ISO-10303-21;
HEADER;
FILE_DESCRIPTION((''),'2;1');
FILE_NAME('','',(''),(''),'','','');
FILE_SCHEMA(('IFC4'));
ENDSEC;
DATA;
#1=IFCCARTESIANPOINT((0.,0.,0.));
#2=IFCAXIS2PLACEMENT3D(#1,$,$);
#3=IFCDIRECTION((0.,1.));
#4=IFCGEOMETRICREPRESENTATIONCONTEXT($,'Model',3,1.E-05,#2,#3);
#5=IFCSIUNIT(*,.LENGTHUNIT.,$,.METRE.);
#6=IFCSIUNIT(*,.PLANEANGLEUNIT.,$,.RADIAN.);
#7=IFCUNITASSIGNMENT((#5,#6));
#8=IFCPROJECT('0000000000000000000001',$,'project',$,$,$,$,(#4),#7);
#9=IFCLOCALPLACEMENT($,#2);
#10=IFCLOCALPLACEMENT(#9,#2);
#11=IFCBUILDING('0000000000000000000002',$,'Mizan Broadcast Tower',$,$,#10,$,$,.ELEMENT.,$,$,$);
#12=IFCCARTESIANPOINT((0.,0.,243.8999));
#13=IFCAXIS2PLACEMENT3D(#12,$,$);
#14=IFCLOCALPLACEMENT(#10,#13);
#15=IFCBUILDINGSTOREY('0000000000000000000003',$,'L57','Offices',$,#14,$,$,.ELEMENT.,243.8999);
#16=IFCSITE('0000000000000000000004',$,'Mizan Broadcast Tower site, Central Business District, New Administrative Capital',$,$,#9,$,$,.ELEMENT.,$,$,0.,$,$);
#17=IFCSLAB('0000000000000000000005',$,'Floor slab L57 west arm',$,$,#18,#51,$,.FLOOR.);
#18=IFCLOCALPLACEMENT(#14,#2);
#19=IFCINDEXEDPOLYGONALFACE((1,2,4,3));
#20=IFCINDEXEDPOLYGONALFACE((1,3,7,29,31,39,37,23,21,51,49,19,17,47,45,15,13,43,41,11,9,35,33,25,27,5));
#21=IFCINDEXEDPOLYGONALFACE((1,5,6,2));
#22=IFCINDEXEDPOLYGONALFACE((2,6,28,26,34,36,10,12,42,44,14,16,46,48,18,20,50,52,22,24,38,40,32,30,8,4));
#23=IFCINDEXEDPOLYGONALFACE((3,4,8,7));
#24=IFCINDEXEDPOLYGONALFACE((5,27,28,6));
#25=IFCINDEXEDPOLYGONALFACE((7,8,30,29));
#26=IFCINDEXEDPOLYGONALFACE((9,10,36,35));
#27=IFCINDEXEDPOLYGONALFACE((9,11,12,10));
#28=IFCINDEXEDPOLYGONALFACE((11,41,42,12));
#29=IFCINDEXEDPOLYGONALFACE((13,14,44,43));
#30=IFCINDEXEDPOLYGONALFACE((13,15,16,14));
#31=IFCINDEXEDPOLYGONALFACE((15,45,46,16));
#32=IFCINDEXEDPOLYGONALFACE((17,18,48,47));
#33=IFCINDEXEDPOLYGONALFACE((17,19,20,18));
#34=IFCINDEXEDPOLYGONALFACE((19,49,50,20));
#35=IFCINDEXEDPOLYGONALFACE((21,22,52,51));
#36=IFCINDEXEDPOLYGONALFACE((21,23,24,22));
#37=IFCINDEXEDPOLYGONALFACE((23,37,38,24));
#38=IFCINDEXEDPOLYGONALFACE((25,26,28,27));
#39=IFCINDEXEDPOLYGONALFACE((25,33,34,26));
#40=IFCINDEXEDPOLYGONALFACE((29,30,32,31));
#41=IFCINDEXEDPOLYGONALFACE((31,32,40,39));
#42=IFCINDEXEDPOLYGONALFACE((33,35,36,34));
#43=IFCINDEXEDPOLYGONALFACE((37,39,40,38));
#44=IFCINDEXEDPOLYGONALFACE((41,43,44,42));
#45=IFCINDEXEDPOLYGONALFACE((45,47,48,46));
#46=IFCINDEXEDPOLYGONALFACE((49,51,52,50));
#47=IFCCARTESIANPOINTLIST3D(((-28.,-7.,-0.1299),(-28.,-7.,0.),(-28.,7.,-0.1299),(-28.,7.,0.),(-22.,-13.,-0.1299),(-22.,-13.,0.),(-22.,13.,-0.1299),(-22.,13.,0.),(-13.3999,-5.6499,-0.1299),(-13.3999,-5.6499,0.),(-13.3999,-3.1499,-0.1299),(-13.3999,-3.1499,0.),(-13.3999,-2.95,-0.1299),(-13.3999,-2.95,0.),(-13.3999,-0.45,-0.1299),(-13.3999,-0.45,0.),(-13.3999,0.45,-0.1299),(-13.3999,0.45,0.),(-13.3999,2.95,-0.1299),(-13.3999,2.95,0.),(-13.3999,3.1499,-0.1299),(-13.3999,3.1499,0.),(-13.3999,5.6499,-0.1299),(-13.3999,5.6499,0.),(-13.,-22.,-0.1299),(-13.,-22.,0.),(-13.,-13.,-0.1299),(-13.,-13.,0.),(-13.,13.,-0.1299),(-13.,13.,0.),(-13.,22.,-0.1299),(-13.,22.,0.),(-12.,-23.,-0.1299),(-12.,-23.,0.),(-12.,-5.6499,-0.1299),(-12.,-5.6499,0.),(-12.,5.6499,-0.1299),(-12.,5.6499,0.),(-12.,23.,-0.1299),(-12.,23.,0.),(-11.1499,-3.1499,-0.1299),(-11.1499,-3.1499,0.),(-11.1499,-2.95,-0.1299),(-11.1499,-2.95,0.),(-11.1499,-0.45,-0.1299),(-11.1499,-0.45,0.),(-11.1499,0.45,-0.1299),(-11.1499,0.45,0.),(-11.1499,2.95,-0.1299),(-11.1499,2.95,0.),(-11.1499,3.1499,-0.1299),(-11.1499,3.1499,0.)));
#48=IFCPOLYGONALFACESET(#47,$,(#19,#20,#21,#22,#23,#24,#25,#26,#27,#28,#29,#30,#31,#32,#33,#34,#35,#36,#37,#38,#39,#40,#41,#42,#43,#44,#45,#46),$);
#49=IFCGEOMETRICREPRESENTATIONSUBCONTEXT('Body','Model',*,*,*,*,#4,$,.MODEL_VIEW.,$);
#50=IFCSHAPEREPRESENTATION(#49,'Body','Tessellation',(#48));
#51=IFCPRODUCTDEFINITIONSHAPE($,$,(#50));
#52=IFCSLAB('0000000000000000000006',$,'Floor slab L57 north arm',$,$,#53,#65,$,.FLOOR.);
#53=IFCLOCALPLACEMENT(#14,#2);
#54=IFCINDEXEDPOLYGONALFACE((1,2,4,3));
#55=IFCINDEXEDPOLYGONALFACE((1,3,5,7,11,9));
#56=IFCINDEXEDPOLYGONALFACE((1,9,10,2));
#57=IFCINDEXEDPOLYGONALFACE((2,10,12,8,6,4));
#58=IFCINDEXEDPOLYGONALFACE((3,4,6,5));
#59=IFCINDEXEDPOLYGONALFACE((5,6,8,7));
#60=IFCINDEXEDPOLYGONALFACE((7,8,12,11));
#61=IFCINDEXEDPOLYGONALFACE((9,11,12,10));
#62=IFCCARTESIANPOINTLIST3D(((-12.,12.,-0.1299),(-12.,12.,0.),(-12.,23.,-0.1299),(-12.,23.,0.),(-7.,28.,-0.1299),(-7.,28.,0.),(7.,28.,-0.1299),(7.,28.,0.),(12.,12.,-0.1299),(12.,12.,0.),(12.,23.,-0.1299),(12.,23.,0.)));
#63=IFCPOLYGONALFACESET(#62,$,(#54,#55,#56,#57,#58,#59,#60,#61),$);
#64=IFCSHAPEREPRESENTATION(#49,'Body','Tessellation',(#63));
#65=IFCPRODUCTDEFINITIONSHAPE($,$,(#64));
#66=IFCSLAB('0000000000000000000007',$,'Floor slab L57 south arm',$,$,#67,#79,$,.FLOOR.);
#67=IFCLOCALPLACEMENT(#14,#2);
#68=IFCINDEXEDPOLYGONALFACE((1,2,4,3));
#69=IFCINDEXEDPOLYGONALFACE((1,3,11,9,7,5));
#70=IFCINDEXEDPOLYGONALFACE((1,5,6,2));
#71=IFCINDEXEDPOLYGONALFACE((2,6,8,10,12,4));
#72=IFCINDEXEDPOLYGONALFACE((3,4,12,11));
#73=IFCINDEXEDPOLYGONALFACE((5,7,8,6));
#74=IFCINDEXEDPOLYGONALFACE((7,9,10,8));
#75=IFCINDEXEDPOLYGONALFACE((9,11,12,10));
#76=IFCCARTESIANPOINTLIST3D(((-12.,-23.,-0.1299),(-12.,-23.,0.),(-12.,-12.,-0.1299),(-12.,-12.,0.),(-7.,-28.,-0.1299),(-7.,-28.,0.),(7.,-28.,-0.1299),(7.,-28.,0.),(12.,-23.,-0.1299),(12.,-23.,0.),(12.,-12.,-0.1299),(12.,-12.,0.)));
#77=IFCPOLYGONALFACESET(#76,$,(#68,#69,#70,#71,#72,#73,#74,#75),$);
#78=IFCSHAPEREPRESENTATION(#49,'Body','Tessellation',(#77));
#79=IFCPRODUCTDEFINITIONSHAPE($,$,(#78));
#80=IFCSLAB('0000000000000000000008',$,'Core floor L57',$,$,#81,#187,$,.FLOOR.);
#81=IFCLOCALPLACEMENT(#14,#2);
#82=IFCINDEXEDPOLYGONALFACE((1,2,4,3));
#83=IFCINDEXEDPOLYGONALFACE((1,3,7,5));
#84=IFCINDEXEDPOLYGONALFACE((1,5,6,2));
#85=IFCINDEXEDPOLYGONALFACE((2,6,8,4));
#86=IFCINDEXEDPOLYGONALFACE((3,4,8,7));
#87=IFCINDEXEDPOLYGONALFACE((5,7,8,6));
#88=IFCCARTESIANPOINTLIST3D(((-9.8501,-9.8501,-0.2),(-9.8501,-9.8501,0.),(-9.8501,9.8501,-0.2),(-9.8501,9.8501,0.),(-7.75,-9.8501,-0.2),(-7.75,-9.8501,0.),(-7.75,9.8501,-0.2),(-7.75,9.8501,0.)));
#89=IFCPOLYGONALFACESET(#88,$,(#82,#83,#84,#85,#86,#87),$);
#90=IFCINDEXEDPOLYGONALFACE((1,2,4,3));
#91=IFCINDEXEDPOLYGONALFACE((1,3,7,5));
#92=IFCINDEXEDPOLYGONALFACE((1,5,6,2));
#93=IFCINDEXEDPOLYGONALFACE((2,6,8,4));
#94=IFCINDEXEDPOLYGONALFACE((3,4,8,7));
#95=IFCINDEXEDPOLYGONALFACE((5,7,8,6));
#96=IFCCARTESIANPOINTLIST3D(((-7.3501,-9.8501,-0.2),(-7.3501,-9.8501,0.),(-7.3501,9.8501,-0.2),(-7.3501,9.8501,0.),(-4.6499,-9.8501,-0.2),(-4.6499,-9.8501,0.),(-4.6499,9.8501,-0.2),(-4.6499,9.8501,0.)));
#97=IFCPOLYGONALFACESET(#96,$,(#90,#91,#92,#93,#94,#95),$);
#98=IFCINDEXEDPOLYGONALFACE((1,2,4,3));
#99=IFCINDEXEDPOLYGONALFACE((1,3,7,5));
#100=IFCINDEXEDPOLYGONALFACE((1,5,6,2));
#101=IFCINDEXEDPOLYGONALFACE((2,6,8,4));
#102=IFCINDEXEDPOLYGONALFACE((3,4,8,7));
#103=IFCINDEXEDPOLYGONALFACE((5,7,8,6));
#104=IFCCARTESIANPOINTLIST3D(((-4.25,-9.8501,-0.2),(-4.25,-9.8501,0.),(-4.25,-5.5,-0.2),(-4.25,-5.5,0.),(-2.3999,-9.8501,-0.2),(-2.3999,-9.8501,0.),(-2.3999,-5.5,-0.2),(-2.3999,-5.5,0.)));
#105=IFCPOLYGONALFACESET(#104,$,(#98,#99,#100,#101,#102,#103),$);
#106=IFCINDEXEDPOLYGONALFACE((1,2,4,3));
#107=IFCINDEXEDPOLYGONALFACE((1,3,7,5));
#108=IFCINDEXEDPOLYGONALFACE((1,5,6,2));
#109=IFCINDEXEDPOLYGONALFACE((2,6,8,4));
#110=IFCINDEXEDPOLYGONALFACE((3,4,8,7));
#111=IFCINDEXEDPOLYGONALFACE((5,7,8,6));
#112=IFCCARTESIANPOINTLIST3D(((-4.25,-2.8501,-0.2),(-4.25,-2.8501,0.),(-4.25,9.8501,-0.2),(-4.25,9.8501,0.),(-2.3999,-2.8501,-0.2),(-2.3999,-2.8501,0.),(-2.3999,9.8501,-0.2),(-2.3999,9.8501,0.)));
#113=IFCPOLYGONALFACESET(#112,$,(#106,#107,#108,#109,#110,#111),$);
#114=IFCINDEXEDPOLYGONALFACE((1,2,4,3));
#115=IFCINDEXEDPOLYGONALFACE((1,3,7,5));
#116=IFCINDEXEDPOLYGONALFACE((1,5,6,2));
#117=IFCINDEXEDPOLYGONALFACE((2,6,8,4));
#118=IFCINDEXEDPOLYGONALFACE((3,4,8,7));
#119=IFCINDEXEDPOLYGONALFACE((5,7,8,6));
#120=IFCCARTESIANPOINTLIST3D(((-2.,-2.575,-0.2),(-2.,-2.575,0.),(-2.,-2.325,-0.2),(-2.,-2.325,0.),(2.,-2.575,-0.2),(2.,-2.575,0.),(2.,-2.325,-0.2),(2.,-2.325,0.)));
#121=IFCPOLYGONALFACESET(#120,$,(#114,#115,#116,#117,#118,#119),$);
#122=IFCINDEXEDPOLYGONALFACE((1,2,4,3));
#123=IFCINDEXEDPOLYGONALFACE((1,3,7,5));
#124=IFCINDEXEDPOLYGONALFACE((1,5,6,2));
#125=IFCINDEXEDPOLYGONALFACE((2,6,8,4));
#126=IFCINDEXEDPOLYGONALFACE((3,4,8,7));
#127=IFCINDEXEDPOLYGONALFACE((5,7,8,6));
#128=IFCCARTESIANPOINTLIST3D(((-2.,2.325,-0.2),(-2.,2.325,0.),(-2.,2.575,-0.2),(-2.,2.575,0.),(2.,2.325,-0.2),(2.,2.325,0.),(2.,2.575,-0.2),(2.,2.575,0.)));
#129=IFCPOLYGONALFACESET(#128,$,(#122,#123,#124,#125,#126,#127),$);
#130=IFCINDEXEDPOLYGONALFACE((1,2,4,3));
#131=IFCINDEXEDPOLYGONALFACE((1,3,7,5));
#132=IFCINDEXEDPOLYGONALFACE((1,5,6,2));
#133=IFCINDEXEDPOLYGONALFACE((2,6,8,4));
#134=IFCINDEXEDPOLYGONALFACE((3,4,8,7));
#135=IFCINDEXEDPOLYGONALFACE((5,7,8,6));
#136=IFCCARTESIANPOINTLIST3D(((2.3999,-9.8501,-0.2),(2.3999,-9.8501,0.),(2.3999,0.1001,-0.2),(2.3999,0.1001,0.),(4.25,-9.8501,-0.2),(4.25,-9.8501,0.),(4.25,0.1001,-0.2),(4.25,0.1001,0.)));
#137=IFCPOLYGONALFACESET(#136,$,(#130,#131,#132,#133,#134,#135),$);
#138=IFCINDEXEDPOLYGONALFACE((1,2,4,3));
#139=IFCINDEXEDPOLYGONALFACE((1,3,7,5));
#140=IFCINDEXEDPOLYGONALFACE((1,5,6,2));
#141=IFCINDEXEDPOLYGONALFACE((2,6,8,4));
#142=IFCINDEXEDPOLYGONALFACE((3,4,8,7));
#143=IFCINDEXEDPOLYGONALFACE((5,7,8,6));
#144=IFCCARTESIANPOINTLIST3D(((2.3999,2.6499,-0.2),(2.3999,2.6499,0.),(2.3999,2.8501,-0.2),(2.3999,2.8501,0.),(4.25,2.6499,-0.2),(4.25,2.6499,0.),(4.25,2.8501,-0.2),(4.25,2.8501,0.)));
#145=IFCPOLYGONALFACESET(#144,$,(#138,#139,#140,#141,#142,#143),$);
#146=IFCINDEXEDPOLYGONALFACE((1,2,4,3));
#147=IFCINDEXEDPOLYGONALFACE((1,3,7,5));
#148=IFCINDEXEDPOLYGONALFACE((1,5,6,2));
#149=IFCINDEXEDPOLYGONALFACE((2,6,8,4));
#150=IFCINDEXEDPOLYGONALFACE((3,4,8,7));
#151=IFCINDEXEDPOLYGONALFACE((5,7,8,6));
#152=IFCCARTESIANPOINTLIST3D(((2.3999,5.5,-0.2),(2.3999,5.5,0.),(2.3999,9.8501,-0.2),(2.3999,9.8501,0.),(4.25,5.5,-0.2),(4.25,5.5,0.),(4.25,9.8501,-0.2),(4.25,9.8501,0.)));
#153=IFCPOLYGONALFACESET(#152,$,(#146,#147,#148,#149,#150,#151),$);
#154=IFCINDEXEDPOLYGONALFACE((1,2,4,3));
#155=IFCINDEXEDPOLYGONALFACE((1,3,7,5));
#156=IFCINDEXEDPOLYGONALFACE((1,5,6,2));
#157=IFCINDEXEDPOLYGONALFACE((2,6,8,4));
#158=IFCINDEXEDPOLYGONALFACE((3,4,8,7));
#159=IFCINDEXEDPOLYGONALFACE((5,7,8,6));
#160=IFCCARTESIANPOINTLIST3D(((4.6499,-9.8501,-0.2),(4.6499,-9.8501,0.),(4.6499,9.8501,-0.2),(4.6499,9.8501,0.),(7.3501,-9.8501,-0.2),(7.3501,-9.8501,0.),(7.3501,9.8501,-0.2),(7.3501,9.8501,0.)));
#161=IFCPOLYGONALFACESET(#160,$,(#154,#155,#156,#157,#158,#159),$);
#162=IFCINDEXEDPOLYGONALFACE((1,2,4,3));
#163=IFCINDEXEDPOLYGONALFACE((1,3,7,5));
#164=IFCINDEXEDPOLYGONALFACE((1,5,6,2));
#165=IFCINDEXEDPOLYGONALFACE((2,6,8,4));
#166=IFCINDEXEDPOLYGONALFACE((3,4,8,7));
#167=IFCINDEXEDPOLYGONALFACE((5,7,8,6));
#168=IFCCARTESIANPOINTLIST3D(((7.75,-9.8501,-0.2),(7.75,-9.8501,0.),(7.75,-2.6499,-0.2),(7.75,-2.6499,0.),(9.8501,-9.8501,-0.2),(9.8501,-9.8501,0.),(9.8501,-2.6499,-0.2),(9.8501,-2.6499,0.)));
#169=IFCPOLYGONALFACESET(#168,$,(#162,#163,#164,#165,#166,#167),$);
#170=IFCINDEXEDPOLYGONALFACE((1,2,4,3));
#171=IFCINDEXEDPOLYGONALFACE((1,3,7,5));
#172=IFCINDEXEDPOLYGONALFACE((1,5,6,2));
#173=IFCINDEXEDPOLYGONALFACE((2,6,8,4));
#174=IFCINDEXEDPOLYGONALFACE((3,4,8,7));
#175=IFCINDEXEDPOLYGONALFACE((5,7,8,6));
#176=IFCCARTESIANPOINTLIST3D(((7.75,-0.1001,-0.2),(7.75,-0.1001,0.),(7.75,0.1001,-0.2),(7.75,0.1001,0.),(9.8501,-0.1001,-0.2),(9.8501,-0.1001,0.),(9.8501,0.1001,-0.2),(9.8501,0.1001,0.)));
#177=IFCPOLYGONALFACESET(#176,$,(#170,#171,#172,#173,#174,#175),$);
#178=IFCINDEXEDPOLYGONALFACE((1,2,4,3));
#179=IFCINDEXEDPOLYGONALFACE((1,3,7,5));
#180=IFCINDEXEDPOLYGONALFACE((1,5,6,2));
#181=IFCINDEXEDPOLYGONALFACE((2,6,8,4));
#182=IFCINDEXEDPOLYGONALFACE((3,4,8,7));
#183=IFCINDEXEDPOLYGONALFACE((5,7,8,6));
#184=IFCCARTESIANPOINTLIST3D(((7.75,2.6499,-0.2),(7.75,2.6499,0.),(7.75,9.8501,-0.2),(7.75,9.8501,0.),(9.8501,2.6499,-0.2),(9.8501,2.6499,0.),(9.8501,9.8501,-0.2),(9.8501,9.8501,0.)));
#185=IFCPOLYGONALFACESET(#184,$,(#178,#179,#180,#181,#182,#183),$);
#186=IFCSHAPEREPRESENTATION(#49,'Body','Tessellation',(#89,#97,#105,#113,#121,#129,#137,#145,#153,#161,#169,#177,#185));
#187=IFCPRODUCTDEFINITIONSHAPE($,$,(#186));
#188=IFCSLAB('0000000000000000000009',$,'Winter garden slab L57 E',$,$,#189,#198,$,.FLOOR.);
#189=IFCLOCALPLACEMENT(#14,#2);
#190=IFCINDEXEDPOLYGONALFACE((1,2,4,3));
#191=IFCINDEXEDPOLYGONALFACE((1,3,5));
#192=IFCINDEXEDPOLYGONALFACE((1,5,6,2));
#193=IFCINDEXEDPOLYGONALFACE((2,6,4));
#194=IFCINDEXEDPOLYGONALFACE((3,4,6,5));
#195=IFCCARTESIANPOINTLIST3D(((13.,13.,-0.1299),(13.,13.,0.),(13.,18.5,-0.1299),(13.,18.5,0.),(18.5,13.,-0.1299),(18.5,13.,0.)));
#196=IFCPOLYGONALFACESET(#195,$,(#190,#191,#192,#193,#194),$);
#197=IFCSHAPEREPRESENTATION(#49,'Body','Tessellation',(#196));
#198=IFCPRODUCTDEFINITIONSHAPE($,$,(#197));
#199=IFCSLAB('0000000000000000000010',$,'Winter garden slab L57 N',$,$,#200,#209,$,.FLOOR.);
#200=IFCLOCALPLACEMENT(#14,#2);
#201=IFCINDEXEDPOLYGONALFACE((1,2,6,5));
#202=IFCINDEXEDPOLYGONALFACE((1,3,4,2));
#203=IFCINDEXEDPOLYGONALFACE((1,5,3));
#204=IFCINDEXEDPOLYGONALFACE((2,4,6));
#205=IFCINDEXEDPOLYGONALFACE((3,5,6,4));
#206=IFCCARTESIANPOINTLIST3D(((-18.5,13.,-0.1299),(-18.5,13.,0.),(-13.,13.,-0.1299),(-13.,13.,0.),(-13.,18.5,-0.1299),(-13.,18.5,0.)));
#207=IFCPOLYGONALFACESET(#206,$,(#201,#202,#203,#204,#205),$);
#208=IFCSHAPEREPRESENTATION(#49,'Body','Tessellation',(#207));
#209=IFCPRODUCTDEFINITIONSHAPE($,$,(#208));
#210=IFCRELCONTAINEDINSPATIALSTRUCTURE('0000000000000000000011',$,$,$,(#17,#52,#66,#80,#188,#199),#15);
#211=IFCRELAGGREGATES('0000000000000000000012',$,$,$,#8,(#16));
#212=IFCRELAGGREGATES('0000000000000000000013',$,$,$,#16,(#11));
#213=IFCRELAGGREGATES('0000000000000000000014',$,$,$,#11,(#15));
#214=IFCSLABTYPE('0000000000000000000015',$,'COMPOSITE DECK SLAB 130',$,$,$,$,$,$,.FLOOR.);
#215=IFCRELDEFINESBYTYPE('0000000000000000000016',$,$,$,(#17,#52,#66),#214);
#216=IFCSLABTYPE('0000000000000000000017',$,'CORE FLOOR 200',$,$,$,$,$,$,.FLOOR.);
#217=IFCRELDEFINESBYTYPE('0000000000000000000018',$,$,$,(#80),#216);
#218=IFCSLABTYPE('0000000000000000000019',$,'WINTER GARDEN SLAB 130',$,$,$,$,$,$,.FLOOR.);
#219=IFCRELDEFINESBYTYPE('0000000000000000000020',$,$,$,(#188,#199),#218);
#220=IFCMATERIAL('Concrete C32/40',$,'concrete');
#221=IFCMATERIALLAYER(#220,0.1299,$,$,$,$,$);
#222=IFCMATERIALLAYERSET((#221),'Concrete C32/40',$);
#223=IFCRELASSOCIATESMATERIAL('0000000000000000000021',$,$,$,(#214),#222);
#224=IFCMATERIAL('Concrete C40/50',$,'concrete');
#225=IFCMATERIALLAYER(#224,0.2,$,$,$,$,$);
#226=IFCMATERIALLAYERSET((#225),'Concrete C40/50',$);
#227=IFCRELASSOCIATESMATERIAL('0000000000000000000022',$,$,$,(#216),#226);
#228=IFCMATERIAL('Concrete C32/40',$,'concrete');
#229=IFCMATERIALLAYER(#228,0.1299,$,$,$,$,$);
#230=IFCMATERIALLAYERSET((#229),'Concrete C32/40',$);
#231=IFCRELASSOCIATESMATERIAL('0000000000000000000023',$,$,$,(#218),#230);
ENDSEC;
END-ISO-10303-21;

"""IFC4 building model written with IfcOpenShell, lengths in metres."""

from ifc_helpers import new_model, si_unit, direction, frame, origin, place, context, subcontext, project, spatial, polyline, outline, extrude, material, layer, layer_set, type_object, element, save


model = new_model("IFC4")

# Units and contexts
model_context = context("Model", 3, precision=1e-05, world=origin(), true_north=direction((0.0, 1.0)))
body_context = subcontext(model_context, "Body", "Model", "MODEL_VIEW")
ifc_project = project(units=[si_unit("LENGTHUNIT", "METRE"), si_unit("PLANEANGLEUNIT", "RADIAN")], contexts=[model_context])

# Site, building, storey
site_placement = place(None, origin())
site = spatial("IfcSite", under=ifc_project, at=site_placement, Name="Mizan Broadcast Tower site, Central Business District, New Administrative Capital", CompositionType="ELEMENT", RefElevation=0.0)
building_placement = place(site_placement, origin())
building = spatial("IfcBuilding", under=site, at=building_placement, Name="Mizan Broadcast Tower", CompositionType="ELEMENT")
storey_placement = place(building_placement, frame((0.0, 0.0, 243.8999)))
storey = spatial("IfcBuildingStorey", under=building, at=storey_placement, Name="L57", Description="Offices", CompositionType="ELEMENT", Elevation=243.8999)

# Slabs
ifc_material_1 = material(Name="Concrete C32/40", Category="concrete")
ifc_layer_1 = layer(ifc_material_1, 0.1299)
ifc_layer_set_1 = layer_set([ifc_layer_1], Name="Concrete C32/40")
slab_type_1 = type_object("IfcSlabType", Name="COMPOSITE DECK SLAB 130", PredefinedType="FLOOR", material=ifc_layer_set_1)
slab_1_placement = place(storey_placement, frame((0.0, 0.0, -0.1299)))
element("IfcSlab", 1, at=slab_1_placement, inside=storey, type_object=slab_type_1, Name="Floor slab L57 west arm", PredefinedType="FLOOR", context=body_context, shape_type="SweptSolid", body=[
    extrude(outline(polyline([(-22.0, 13.0), (-28.0, 7.0), (-28.0, -7.0), (-22.0, -13.0), (-13.0, -13.0), (-13.0, -22.0), (-12.0, -23.0), (-12.0, -5.6499), (-13.3999, -5.6499), (-13.3999, -3.1499), (-11.1499, -3.1499), (-11.1499, -2.95), (-13.3999, -2.95), (-13.3999, -0.45), (-11.1499, -0.45), (-11.1499, 0.45), (-13.3999, 0.45), (-13.3999, 2.95), (-11.1499, 2.95), (-11.1499, 3.1499), (-13.3999, 3.1499), (-13.3999, 5.6499), (-12.0, 5.6499), (-12.0, 23.0), (-13.0, 22.0), (-13.0, 13.0), (-22.0, 13.0)])), origin(), (0.0, 0.0, 1.0), 0.1299),
])
slab_2_placement = place(storey_placement, frame((0.0, 0.0, -0.1299)))
element("IfcSlab", 2, at=slab_2_placement, inside=storey, type_object=slab_type_1, Name="Floor slab L57 north arm", PredefinedType="FLOOR", context=body_context, shape_type="SweptSolid", body=[
    extrude(outline(polyline([(-7.0, 28.0), (-12.0, 23.0), (-12.0, 12.0), (12.0, 12.0), (12.0, 23.0), (7.0, 28.0), (-7.0, 28.0)])), origin(), (0.0, 0.0, 1.0), 0.1299),
])
slab_3_placement = place(storey_placement, frame((0.0, 0.0, -0.1299)))
element("IfcSlab", 3, at=slab_3_placement, inside=storey, type_object=slab_type_1, Name="Floor slab L57 south arm", PredefinedType="FLOOR", context=body_context, shape_type="SweptSolid", body=[
    extrude(outline(polyline([(7.0, -28.0), (12.0, -23.0), (12.0, -12.0), (-12.0, -12.0), (-12.0, -23.0), (-7.0, -28.0), (7.0, -28.0)])), origin(), (0.0, 0.0, 1.0), 0.1299),
])
ifc_material_2 = material(Name="Concrete C40/50", Category="concrete")
ifc_layer_2 = layer(ifc_material_2, 0.2)
ifc_layer_set_2 = layer_set([ifc_layer_2], Name="Concrete C40/50")
slab_type_2 = type_object("IfcSlabType", Name="CORE FLOOR 200", PredefinedType="FLOOR", material=ifc_layer_set_2)
slab_4_placement = place(storey_placement, frame((0.0, 0.0, -0.2)))
element("IfcSlab", 4, at=slab_4_placement, inside=storey, type_object=slab_type_2, Name="Core floor L57", PredefinedType="FLOOR", context=body_context, shape_type="SweptSolid", body=[
    extrude(outline(polyline([(-9.8501, -9.8501), (-7.75, -9.8501), (-7.75, 9.8501), (-9.8501, 9.8501), (-9.8501, -9.8501)])), origin(), (0.0, 0.0, 1.0), 0.2),
    extrude(outline(polyline([(-4.6499, 9.8501), (-7.3501, 9.8501), (-7.3501, -9.8501), (-4.6499, -9.8501), (-4.6499, 9.8501)])), origin(), (0.0, 0.0, 1.0), 0.2),
    extrude(outline(polyline([(-4.25, -5.5), (-4.25, -9.8501), (-2.3999, -9.8501), (-2.3999, -5.5), (-4.25, -5.5)])), origin(), (0.0, 0.0, 1.0), 0.2),
    extrude(outline(polyline([(-4.25, -2.8501), (-2.3999, -2.8501), (-2.3999, 9.8501), (-4.25, 9.8501), (-4.25, -2.8501)])), origin(), (0.0, 0.0, 1.0), 0.2),
    extrude(outline(polyline([(2.0, -2.325), (-2.0, -2.325), (-2.0, -2.575), (2.0, -2.575), (2.0, -2.325)])), origin(), (0.0, 0.0, 1.0), 0.2),
    extrude(outline(polyline([(2.0, 2.575), (-2.0, 2.575), (-2.0, 2.325), (2.0, 2.325), (2.0, 2.575)])), origin(), (0.0, 0.0, 1.0), 0.2),
    extrude(outline(polyline([(4.25, -9.8501), (4.25, 0.1001), (2.3999, 0.1001), (2.3999, -9.8501), (4.25, -9.8501)])), origin(), (0.0, 0.0, 1.0), 0.2),
    extrude(outline(polyline([(4.25, 2.6499), (4.25, 2.8501), (2.3999, 2.8501), (2.3999, 2.6499), (4.25, 2.6499)])), origin(), (0.0, 0.0, 1.0), 0.2),
    extrude(outline(polyline([(4.25, 5.5), (4.25, 9.8501), (2.3999, 9.8501), (2.3999, 5.5), (4.25, 5.5)])), origin(), (0.0, 0.0, 1.0), 0.2),
    extrude(outline(polyline([(4.6499, 9.8501), (4.6499, -9.8501), (7.3501, -9.8501), (7.3501, 9.8501), (4.6499, 9.8501)])), origin(), (0.0, 0.0, 1.0), 0.2),
    extrude(outline(polyline([(9.8501, -9.8501), (9.8501, -2.6499), (7.75, -2.6499), (7.75, -9.8501), (9.8501, -9.8501)])), origin(), (0.0, 0.0, 1.0), 0.2),
    extrude(outline(polyline([(9.8501, -0.1001), (9.8501, 0.1001), (7.75, 0.1001), (7.75, -0.1001), (9.8501, -0.1001)])), origin(), (0.0, 0.0, 1.0), 0.2),
    extrude(outline(polyline([(7.75, 9.8501), (7.75, 2.6499), (9.8501, 2.6499), (9.8501, 9.8501), (7.75, 9.8501)])), origin(), (0.0, 0.0, 1.0), 0.2),
])
ifc_material_3 = material(Name="Concrete C32/40", Category="concrete")
ifc_layer_3 = layer(ifc_material_3, 0.1299)
ifc_layer_set_3 = layer_set([ifc_layer_3], Name="Concrete C32/40")
slab_type_3 = type_object("IfcSlabType", Name="WINTER GARDEN SLAB 130", PredefinedType="FLOOR", material=ifc_layer_set_3)
slab_5_placement = place(storey_placement, frame((0.0, 0.0, -0.1299)))
element("IfcSlab", 5, at=slab_5_placement, inside=storey, type_object=slab_type_3, Name="Winter garden slab L57 E", PredefinedType="FLOOR", context=body_context, shape_type="SweptSolid", body=[
    extrude(outline(polyline([(13.0, 13.0), (18.5, 13.0), (13.0, 18.5), (13.0, 13.0)])), origin(), (0.0, 0.0, 1.0), 0.1299),
])
slab_6_placement = place(storey_placement, frame((0.0, 0.0, -0.1299)))
element("IfcSlab", 6, at=slab_6_placement, inside=storey, type_object=slab_type_3, Name="Winter garden slab L57 N", PredefinedType="FLOOR", context=body_context, shape_type="SweptSolid", body=[
    extrude(outline(polyline([(-13.0, 13.0), (-13.0, 18.5), (-18.5, 13.0), (-13.0, 13.0)])), origin(), (0.0, 0.0, 1.0), 0.1299),
])

save(model, "model.ifc")
